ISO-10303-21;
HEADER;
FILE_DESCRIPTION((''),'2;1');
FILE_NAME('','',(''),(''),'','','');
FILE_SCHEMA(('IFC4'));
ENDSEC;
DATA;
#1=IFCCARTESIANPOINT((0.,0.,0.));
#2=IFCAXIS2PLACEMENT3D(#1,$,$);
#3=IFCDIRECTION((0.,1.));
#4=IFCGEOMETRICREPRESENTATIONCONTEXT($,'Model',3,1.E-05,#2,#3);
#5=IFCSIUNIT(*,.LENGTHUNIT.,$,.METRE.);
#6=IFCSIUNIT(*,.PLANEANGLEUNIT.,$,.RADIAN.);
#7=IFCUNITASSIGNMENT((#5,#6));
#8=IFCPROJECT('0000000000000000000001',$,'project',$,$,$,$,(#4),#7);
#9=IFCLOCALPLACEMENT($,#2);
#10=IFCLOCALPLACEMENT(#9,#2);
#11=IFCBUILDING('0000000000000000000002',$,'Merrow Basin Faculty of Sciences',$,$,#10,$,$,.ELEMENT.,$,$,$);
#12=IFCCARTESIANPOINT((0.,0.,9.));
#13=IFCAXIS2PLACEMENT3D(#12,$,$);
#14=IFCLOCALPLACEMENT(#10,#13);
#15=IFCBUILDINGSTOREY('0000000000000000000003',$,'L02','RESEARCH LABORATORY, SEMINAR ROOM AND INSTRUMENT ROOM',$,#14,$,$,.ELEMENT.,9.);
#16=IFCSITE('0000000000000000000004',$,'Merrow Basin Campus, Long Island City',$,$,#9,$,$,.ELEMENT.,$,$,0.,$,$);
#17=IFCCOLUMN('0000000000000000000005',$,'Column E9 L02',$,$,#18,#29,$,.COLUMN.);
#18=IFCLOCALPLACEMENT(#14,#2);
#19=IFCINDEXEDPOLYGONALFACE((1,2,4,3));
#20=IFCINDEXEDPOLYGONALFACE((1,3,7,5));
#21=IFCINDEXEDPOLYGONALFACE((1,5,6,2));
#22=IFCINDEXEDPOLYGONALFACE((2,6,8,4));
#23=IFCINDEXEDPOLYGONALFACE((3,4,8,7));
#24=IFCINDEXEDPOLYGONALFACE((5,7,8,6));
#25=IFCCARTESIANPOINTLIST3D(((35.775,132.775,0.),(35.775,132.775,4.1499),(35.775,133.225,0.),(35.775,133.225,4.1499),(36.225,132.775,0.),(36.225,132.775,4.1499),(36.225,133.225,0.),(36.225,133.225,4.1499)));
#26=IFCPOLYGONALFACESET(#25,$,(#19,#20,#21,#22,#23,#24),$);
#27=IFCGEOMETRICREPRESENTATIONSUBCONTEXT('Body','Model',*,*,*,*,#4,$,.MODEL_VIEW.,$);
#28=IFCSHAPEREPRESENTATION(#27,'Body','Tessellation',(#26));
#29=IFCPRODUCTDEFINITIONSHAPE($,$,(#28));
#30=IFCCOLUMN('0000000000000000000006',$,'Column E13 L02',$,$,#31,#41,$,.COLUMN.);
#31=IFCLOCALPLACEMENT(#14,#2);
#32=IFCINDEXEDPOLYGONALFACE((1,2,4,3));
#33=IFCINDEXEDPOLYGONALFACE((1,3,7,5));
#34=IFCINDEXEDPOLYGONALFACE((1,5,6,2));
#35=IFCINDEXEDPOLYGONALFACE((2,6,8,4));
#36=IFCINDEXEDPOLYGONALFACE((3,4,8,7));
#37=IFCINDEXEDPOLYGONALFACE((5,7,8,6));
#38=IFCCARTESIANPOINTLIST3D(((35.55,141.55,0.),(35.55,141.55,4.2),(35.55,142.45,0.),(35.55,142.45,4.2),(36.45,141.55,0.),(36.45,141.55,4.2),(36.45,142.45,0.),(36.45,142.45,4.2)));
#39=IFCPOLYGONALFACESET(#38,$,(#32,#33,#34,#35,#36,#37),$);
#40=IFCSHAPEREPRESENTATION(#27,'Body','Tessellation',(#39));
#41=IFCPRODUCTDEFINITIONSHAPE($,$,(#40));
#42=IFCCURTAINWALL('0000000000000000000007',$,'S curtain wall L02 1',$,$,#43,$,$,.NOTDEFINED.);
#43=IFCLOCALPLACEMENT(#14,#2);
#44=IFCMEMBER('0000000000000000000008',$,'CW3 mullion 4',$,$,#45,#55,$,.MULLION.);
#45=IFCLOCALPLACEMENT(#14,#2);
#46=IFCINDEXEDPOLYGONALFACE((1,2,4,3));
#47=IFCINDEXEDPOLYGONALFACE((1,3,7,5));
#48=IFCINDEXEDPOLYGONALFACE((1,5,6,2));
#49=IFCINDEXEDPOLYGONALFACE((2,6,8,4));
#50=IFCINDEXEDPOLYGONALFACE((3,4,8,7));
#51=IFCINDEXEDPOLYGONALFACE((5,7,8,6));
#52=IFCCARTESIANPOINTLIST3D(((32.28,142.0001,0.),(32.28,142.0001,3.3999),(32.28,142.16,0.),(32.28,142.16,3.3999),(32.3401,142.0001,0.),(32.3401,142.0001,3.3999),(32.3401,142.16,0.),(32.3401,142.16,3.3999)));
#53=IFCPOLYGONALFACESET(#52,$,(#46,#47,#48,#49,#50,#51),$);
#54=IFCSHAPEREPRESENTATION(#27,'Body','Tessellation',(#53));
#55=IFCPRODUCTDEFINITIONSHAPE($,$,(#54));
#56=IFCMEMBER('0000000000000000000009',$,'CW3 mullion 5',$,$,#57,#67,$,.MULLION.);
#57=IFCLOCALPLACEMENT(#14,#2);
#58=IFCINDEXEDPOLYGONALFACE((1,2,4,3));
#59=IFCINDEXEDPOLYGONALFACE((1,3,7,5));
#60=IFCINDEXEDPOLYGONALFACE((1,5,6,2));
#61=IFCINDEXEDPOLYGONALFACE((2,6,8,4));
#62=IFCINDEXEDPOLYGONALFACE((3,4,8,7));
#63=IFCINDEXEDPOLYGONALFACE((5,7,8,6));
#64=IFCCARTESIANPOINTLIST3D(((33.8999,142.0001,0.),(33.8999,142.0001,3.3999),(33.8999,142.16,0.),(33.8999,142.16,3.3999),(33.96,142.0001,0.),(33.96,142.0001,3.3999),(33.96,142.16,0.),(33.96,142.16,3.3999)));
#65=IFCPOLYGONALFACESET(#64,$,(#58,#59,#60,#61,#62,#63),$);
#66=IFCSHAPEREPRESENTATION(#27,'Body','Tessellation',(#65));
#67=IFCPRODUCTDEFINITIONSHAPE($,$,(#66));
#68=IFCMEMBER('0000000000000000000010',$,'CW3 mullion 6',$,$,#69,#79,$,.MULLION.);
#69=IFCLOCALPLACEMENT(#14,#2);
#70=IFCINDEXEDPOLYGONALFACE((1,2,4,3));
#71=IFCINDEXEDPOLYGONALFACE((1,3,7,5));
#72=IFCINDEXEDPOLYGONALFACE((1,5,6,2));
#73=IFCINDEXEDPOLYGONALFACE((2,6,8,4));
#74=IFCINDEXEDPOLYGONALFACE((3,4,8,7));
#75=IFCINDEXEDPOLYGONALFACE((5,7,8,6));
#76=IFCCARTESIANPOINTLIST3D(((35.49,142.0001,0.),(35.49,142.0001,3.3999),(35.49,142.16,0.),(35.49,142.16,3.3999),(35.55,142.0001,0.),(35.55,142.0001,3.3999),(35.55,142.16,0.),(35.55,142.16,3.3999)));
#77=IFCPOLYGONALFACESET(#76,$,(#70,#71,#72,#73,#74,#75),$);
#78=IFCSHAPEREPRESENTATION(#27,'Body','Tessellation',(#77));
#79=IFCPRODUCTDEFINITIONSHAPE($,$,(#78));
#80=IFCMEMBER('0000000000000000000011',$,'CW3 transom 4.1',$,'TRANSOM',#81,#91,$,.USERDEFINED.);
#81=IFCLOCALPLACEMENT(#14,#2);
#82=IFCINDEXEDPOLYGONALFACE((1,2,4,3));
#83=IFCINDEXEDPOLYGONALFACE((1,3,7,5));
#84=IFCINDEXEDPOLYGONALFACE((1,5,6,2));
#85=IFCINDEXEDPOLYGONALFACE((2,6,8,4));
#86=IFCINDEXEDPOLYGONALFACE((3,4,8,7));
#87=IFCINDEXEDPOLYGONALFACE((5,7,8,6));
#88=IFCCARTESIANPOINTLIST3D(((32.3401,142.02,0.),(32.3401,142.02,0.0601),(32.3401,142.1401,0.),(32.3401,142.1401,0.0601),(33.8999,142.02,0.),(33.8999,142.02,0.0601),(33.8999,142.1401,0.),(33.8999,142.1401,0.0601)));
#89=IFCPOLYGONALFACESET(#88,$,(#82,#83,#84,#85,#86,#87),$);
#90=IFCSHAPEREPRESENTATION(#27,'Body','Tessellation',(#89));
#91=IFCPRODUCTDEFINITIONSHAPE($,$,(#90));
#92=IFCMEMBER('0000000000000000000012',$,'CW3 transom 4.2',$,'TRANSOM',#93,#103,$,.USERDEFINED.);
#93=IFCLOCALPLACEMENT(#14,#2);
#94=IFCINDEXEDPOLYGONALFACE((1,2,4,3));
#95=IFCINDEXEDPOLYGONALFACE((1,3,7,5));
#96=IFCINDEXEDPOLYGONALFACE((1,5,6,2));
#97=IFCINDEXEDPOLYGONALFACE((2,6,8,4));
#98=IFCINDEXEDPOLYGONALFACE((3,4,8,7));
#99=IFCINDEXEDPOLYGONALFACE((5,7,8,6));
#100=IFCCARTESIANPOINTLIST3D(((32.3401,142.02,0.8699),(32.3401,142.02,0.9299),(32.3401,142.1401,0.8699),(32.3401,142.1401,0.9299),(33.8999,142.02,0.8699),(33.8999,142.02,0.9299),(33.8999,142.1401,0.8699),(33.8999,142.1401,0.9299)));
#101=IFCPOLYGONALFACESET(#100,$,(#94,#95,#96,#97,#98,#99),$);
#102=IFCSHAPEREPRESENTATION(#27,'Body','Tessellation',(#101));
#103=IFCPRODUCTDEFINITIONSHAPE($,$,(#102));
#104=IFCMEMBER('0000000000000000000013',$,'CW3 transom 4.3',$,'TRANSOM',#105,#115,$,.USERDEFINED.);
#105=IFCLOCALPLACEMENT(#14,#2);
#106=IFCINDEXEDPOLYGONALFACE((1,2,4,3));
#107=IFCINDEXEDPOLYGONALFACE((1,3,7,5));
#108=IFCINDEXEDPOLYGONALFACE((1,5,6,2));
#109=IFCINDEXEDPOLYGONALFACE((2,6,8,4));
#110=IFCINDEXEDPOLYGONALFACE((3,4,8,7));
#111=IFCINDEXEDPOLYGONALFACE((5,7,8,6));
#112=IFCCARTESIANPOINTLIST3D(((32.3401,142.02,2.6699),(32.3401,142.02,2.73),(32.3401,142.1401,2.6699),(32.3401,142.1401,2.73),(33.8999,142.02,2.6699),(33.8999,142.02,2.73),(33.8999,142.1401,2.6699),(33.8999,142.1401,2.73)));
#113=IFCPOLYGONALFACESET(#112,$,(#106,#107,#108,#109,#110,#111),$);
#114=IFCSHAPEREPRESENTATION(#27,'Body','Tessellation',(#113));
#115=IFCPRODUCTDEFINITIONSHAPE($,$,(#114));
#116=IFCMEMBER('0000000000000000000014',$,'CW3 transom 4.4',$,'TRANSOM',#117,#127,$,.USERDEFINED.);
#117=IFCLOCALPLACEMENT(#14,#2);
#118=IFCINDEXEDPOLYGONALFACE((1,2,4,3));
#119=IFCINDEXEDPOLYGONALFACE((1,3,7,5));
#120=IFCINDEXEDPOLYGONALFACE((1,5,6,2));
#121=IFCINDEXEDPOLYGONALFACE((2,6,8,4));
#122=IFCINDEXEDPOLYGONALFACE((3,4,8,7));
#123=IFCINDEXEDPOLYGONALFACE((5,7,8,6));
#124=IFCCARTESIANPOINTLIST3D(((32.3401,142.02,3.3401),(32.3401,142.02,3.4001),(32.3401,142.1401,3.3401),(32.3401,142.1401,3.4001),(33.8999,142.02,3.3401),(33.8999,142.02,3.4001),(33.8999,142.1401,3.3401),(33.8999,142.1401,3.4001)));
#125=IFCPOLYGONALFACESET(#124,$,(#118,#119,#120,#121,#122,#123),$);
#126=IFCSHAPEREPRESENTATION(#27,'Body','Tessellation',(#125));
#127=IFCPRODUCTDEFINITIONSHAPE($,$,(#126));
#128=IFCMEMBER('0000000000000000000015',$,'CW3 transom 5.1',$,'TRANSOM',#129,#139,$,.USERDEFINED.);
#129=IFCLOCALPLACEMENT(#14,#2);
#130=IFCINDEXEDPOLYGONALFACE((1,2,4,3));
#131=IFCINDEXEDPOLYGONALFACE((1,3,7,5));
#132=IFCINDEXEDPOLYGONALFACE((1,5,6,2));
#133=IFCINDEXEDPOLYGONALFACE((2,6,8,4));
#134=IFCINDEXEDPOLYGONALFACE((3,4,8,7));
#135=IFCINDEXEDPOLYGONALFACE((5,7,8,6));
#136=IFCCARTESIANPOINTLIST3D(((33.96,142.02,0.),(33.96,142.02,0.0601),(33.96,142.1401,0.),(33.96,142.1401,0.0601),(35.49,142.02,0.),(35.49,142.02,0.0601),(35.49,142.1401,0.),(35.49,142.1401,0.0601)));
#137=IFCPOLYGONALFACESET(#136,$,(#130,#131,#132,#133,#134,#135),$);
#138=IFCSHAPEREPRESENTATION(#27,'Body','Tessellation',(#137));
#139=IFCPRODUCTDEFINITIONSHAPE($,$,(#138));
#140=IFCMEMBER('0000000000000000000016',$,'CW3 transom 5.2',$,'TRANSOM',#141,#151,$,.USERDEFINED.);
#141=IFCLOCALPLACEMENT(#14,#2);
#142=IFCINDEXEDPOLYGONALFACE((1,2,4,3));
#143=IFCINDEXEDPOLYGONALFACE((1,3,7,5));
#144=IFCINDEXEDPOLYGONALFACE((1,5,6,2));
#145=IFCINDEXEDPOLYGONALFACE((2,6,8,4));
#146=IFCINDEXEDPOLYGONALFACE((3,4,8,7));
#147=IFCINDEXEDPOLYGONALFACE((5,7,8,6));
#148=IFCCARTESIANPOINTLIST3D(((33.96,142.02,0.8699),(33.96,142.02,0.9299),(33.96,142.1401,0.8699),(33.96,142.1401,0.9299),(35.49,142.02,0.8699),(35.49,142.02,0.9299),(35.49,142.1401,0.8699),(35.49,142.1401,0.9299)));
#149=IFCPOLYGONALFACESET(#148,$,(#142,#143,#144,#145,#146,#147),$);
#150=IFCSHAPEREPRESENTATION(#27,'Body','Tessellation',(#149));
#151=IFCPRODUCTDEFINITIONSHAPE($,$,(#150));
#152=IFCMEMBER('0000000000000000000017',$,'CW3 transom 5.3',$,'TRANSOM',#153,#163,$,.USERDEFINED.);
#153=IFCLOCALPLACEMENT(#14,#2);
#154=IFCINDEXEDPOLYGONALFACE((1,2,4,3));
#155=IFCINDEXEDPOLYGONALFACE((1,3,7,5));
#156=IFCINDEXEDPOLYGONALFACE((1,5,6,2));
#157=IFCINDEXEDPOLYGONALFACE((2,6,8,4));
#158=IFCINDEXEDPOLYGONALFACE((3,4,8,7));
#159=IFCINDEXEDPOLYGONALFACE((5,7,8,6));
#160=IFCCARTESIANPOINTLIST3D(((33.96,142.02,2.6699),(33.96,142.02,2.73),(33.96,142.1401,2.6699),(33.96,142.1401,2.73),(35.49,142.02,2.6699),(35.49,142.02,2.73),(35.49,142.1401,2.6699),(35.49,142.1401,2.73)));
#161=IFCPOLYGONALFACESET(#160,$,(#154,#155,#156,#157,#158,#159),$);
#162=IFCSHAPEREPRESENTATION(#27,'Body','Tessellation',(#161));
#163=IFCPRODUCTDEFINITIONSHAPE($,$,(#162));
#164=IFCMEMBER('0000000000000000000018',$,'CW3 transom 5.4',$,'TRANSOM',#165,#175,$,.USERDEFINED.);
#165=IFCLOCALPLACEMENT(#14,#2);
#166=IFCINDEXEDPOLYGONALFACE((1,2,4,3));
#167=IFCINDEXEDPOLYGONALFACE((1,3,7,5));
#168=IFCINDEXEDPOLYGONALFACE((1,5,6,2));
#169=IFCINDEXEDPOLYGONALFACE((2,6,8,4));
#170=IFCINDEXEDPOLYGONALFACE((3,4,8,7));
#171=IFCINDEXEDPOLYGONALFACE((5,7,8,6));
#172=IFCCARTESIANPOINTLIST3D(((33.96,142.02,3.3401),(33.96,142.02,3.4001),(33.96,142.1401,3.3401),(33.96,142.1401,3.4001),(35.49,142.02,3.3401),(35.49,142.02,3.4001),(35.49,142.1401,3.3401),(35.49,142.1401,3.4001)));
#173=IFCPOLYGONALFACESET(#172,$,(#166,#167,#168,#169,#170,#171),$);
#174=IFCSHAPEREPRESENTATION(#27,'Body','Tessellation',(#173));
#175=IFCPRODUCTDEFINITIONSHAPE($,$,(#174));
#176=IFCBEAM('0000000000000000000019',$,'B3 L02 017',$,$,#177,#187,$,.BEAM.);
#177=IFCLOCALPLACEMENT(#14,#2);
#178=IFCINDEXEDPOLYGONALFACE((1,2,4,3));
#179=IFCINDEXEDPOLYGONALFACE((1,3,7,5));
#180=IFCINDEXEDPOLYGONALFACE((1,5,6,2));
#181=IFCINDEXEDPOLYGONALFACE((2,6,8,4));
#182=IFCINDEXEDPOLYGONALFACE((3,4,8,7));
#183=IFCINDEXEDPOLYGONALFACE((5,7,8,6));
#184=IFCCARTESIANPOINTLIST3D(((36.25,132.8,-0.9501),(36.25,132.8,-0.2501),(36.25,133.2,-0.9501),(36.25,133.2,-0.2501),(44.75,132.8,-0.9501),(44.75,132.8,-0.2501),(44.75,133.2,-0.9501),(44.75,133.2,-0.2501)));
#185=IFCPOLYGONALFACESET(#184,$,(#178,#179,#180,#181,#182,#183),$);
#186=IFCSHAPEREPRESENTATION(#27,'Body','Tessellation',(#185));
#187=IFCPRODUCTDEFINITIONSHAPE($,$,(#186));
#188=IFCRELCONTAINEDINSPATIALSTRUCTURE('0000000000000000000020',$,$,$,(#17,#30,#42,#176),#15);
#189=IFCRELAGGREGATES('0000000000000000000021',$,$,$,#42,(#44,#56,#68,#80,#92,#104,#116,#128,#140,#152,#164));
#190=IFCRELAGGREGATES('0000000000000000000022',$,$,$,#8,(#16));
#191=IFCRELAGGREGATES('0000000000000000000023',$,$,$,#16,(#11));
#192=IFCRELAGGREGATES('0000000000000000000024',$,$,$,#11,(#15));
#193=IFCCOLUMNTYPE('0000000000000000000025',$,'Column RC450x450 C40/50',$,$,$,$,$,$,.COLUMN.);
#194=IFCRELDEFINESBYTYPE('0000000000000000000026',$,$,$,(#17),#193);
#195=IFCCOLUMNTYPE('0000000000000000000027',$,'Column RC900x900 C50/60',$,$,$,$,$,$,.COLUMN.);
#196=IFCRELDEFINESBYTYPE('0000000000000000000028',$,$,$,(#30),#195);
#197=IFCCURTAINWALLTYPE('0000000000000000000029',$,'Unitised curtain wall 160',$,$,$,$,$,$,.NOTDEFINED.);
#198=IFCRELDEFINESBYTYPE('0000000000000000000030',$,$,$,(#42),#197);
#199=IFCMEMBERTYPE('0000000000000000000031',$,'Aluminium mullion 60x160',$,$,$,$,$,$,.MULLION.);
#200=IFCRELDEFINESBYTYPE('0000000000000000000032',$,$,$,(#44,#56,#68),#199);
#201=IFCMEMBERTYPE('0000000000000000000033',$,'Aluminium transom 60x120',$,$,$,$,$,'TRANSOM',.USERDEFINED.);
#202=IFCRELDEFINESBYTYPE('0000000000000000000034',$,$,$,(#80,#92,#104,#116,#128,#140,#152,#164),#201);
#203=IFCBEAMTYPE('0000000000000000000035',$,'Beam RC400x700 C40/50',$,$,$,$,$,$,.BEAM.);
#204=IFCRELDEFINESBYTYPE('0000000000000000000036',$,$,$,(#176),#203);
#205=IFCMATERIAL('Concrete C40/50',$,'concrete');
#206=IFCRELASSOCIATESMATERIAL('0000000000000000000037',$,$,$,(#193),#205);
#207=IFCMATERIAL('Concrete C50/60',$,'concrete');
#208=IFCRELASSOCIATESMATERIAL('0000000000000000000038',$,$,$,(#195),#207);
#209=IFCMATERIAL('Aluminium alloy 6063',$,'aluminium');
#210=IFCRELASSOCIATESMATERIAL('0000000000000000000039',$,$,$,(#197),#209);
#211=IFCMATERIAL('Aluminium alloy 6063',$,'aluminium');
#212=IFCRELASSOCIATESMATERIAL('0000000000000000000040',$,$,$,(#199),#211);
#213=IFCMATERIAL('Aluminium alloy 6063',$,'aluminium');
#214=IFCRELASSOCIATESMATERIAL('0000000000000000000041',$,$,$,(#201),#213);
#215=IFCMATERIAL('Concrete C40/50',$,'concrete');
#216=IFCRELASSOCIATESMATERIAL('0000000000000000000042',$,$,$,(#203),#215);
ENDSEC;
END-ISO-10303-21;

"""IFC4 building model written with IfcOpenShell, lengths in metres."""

from ifc_helpers import new_model, si_unit, direction, frame, origin, origin_2d, place, context, subcontext, project, spatial, rectangle, extrude, material, material_profile, profile_set, type_object, element, aggregate, save


model = new_model("IFC4")

# Units and contexts
model_context = context("Model", 3, precision=1e-05, world=origin(), true_north=direction((0.0, 1.0)))
body_context = subcontext(model_context, "Body", "Model", "MODEL_VIEW")
ifc_project = project(units=[si_unit("LENGTHUNIT", "METRE"), si_unit("PLANEANGLEUNIT", "RADIAN")], contexts=[model_context])

# Site, building, storey
site_placement = place(None, origin())
site = spatial("IfcSite", under=ifc_project, at=site_placement, Name="Merrow Basin Campus, Long Island City", CompositionType="ELEMENT", RefElevation=0.0)
building_placement = place(site_placement, origin())
building = spatial("IfcBuilding", under=site, at=building_placement, Name="Merrow Basin Faculty of Sciences", CompositionType="ELEMENT")
storey_placement = place(building_placement, frame((0.0, 0.0, 9.0)))
storey = spatial("IfcBuildingStorey", under=building, at=storey_placement, Name="L02", Description="RESEARCH LABORATORY, SEMINAR ROOM AND INSTRUMENT ROOM", CompositionType="ELEMENT", Elevation=9.0)

# Columns
ifc_material_1 = material(Name="Concrete C40/50", Category="concrete")
ifc_material_profile_1 = material_profile(ifc_material_1, rectangle(XDim=0.45, YDim=0.45, at=origin_2d()))
ifc_profile_set_1 = profile_set([ifc_material_profile_1], Name="Concrete C40/50")
column_type_1 = type_object("IfcColumnType", Name="Column RC450x450 C40/50", PredefinedType="COLUMN", material=ifc_profile_set_1)
column_1_placement = place(storey_placement, frame((36.0, 133.0, 0.0), z_axis=(0.0, 0.0, 1.0), x_axis=(1.0, 0.0, 0.0)))
element("IfcColumn", 1, at=column_1_placement, inside=storey, type_object=column_type_1, Name="Column E9 L02", PredefinedType="COLUMN", context=body_context, shape_type="SweptSolid", body=[
    extrude(rectangle(XDim=0.45, YDim=0.45, at=origin_2d()), origin(), (0.0, 0.0, 1.0), 4.1499),
])
ifc_material_2 = material(Name="Concrete C50/60", Category="concrete")
ifc_material_profile_2 = material_profile(ifc_material_2, rectangle(XDim=0.8999, YDim=0.8999, at=origin_2d()))
ifc_profile_set_2 = profile_set([ifc_material_profile_2], Name="Concrete C50/60")
column_type_2 = type_object("IfcColumnType", Name="Column RC900x900 C50/60", PredefinedType="COLUMN", material=ifc_profile_set_2)
column_2_placement = place(storey_placement, frame((36.0, 142.0, 0.0), z_axis=(0.0, 0.0, 1.0), x_axis=(1.0, 0.0, 0.0)))
element("IfcColumn", 2, at=column_2_placement, inside=storey, type_object=column_type_2, Name="Column E13 L02", PredefinedType="COLUMN", context=body_context, shape_type="SweptSolid", body=[
    extrude(rectangle(XDim=0.8999, YDim=0.8999, at=origin_2d()), origin(), (0.0, 0.0, 1.0), 4.2),
])

# Curtain wall, members
ifc_material_3 = material(Name="Aluminium alloy 6063", Category="aluminium")
curtain_wall_type = type_object("IfcCurtainWallType", Name="Unitised curtain wall 160", PredefinedType="NOTDEFINED", material=ifc_material_3)
curtain_wall_placement = place(storey_placement, origin())
curtain_wall = element("IfcCurtainWall", 3, at=curtain_wall_placement, inside=storey, type_object=curtain_wall_type, Name="S curtain wall L02 1", PredefinedType="NOTDEFINED")
ifc_material_4 = material(Name="Aluminium alloy 6063", Category="aluminium")
ifc_material_profile_3 = material_profile(ifc_material_4, rectangle(XDim=0.1599, YDim=0.0601, at=origin_2d()))
ifc_profile_set_3 = profile_set([ifc_material_profile_3], Name="Aluminium alloy 6063")
member_type_1 = type_object("IfcMemberType", Name="Aluminium mullion 60x160", PredefinedType="MULLION", material=ifc_profile_set_3)
member_1_placement = place(storey_placement, frame((32.3101, 142.0801, 0.0), z_axis=(0.0, 0.0, 1.0), x_axis=(0.0, 1.0, 0.0)))
member_1 = element("IfcMember", 4, at=member_1_placement, type_object=member_type_1, Name="CW3 mullion 4", PredefinedType="MULLION", context=body_context, shape_type="SweptSolid", body=[
    extrude(rectangle(XDim=0.1599, YDim=0.0601, at=origin_2d()), origin(), (0.0, 0.0, 1.0), 3.3999),
])
member_2_placement = place(storey_placement, frame((33.9299, 142.0801, 0.0), z_axis=(0.0, 0.0, 1.0), x_axis=(0.0, 1.0, 0.0)))
member_2 = element("IfcMember", 5, at=member_2_placement, type_object=member_type_1, Name="CW3 mullion 5", PredefinedType="MULLION", context=body_context, shape_type="SweptSolid", body=[
    extrude(rectangle(XDim=0.1599, YDim=0.0601, at=origin_2d()), origin(), (0.0, 0.0, 1.0), 3.3999),
])
member_3_placement = place(storey_placement, frame((35.52, 142.0801, 0.0), z_axis=(0.0, 0.0, 1.0), x_axis=(0.0, 1.0, 0.0)))
member_3 = element("IfcMember", 6, at=member_3_placement, type_object=member_type_1, Name="CW3 mullion 6", PredefinedType="MULLION", context=body_context, shape_type="SweptSolid", body=[
    extrude(rectangle(XDim=0.1599, YDim=0.0601, at=origin_2d()), origin(), (0.0, 0.0, 1.0), 3.3999),
])
ifc_material_5 = material(Name="Aluminium alloy 6063", Category="aluminium")
ifc_material_profile_4 = material_profile(ifc_material_5, rectangle(XDim=0.1201, YDim=0.0601, at=origin_2d()))
ifc_profile_set_4 = profile_set([ifc_material_profile_4], Name="Aluminium alloy 6063")
member_type_2 = type_object("IfcMemberType", Name="Aluminium transom 60x120", ElementType="TRANSOM", PredefinedType="USERDEFINED", material=ifc_profile_set_4)
member_4_placement = place(storey_placement, frame((32.3401, 142.0801, 0.03), z_axis=(1.0, 0.0, 0.0), x_axis=(0.0, 1.0, 0.0)))
member_4 = element("IfcMember", 7, at=member_4_placement, type_object=member_type_2, Name="CW3 transom 4.1", ObjectType="TRANSOM", PredefinedType="USERDEFINED", context=body_context, shape_type="SweptSolid", body=[
    extrude(rectangle(XDim=0.1201, YDim=0.0601, at=origin_2d()), origin(), (0.0, 0.0, 1.0), 1.5598),
])
member_5_placement = place(storey_placement, frame((32.3401, 142.0801, 0.8999), z_axis=(1.0, 0.0, 0.0), x_axis=(0.0, 1.0, 0.0)))
member_5 = element("IfcMember", 8, at=member_5_placement, type_object=member_type_2, Name="CW3 transom 4.2", ObjectType="TRANSOM", PredefinedType="USERDEFINED", context=body_context, shape_type="SweptSolid", body=[
    extrude(rectangle(XDim=0.1201, YDim=0.0601, at=origin_2d()), origin(), (0.0, 0.0, 1.0), 1.5598),
])
member_6_placement = place(storey_placement, frame((32.3401, 142.0801, 2.7), z_axis=(1.0, 0.0, 0.0), x_axis=(0.0, 1.0, 0.0)))
member_6 = element("IfcMember", 9, at=member_6_placement, type_object=member_type_2, Name="CW3 transom 4.3", ObjectType="TRANSOM", PredefinedType="USERDEFINED", context=body_context, shape_type="SweptSolid", body=[
    extrude(rectangle(XDim=0.1201, YDim=0.0601, at=origin_2d()), origin(), (0.0, 0.0, 1.0), 1.5598),
])
member_7_placement = place(storey_placement, frame((32.3401, 142.0801, 3.3701), z_axis=(1.0, 0.0, 0.0), x_axis=(0.0, 1.0, 0.0)))
member_7 = element("IfcMember", 10, at=member_7_placement, type_object=member_type_2, Name="CW3 transom 4.4", ObjectType="TRANSOM", PredefinedType="USERDEFINED", context=body_context, shape_type="SweptSolid", body=[
    extrude(rectangle(XDim=0.1201, YDim=0.0601, at=origin_2d()), origin(), (0.0, 0.0, 1.0), 1.5598),
])
member_8_placement = place(storey_placement, frame((33.96, 142.0801, 0.03), z_axis=(1.0, 0.0, 0.0), x_axis=(0.0, 1.0, 0.0)))
member_8 = element("IfcMember", 11, at=member_8_placement, type_object=member_type_2, Name="CW3 transom 5.1", ObjectType="TRANSOM", PredefinedType="USERDEFINED", context=body_context, shape_type="SweptSolid", body=[
    extrude(rectangle(XDim=0.1201, YDim=0.0601, at=origin_2d()), origin(), (0.0, 0.0, 1.0), 1.53),
])
member_9_placement = place(storey_placement, frame((33.96, 142.0801, 0.8999), z_axis=(1.0, 0.0, 0.0), x_axis=(0.0, 1.0, 0.0)))
member_9 = element("IfcMember", 12, at=member_9_placement, type_object=member_type_2, Name="CW3 transom 5.2", ObjectType="TRANSOM", PredefinedType="USERDEFINED", context=body_context, shape_type="SweptSolid", body=[
    extrude(rectangle(XDim=0.1201, YDim=0.0601, at=origin_2d()), origin(), (0.0, 0.0, 1.0), 1.53),
])
member_10_placement = place(storey_placement, frame((33.96, 142.0801, 2.7), z_axis=(1.0, 0.0, 0.0), x_axis=(0.0, 1.0, 0.0)))
member_10 = element("IfcMember", 13, at=member_10_placement, type_object=member_type_2, Name="CW3 transom 5.3", ObjectType="TRANSOM", PredefinedType="USERDEFINED", context=body_context, shape_type="SweptSolid", body=[
    extrude(rectangle(XDim=0.1201, YDim=0.0601, at=origin_2d()), origin(), (0.0, 0.0, 1.0), 1.53),
])
member_11_placement = place(storey_placement, frame((33.96, 142.0801, 3.3701), z_axis=(1.0, 0.0, 0.0), x_axis=(0.0, 1.0, 0.0)))
member_11 = element("IfcMember", 14, at=member_11_placement, type_object=member_type_2, Name="CW3 transom 5.4", ObjectType="TRANSOM", PredefinedType="USERDEFINED", context=body_context, shape_type="SweptSolid", body=[
    extrude(rectangle(XDim=0.1201, YDim=0.0601, at=origin_2d()), origin(), (0.0, 0.0, 1.0), 1.53),
])

# Beam
ifc_material_6 = material(Name="Concrete C40/50", Category="concrete")
ifc_material_profile_5 = material_profile(ifc_material_6, rectangle(XDim=0.3999, YDim=0.7, at=origin_2d()))
ifc_profile_set_5 = profile_set([ifc_material_profile_5], Name="Concrete C40/50")
beam_type = type_object("IfcBeamType", Name="Beam RC400x700 C40/50", PredefinedType="BEAM", material=ifc_profile_set_5)
beam_placement = place(storey_placement, frame((36.25, 133.0, -0.6001), z_axis=(1.0, 0.0, 0.0), x_axis=(0.0, 1.0, 0.0)))
element("IfcBeam", 15, at=beam_placement, inside=storey, type_object=beam_type, Name="B3 L02 017", PredefinedType="BEAM", context=body_context, shape_type="SweptSolid", body=[
    extrude(rectangle(XDim=0.3999, YDim=0.7, at=origin_2d()), origin(), (0.0, 0.0, 1.0), 8.5),
])

aggregate(curtain_wall, [member_1, member_2, member_3, member_4, member_5, member_6, member_7, member_8, member_9, member_10, member_11])

save(model, "model.ifc")
